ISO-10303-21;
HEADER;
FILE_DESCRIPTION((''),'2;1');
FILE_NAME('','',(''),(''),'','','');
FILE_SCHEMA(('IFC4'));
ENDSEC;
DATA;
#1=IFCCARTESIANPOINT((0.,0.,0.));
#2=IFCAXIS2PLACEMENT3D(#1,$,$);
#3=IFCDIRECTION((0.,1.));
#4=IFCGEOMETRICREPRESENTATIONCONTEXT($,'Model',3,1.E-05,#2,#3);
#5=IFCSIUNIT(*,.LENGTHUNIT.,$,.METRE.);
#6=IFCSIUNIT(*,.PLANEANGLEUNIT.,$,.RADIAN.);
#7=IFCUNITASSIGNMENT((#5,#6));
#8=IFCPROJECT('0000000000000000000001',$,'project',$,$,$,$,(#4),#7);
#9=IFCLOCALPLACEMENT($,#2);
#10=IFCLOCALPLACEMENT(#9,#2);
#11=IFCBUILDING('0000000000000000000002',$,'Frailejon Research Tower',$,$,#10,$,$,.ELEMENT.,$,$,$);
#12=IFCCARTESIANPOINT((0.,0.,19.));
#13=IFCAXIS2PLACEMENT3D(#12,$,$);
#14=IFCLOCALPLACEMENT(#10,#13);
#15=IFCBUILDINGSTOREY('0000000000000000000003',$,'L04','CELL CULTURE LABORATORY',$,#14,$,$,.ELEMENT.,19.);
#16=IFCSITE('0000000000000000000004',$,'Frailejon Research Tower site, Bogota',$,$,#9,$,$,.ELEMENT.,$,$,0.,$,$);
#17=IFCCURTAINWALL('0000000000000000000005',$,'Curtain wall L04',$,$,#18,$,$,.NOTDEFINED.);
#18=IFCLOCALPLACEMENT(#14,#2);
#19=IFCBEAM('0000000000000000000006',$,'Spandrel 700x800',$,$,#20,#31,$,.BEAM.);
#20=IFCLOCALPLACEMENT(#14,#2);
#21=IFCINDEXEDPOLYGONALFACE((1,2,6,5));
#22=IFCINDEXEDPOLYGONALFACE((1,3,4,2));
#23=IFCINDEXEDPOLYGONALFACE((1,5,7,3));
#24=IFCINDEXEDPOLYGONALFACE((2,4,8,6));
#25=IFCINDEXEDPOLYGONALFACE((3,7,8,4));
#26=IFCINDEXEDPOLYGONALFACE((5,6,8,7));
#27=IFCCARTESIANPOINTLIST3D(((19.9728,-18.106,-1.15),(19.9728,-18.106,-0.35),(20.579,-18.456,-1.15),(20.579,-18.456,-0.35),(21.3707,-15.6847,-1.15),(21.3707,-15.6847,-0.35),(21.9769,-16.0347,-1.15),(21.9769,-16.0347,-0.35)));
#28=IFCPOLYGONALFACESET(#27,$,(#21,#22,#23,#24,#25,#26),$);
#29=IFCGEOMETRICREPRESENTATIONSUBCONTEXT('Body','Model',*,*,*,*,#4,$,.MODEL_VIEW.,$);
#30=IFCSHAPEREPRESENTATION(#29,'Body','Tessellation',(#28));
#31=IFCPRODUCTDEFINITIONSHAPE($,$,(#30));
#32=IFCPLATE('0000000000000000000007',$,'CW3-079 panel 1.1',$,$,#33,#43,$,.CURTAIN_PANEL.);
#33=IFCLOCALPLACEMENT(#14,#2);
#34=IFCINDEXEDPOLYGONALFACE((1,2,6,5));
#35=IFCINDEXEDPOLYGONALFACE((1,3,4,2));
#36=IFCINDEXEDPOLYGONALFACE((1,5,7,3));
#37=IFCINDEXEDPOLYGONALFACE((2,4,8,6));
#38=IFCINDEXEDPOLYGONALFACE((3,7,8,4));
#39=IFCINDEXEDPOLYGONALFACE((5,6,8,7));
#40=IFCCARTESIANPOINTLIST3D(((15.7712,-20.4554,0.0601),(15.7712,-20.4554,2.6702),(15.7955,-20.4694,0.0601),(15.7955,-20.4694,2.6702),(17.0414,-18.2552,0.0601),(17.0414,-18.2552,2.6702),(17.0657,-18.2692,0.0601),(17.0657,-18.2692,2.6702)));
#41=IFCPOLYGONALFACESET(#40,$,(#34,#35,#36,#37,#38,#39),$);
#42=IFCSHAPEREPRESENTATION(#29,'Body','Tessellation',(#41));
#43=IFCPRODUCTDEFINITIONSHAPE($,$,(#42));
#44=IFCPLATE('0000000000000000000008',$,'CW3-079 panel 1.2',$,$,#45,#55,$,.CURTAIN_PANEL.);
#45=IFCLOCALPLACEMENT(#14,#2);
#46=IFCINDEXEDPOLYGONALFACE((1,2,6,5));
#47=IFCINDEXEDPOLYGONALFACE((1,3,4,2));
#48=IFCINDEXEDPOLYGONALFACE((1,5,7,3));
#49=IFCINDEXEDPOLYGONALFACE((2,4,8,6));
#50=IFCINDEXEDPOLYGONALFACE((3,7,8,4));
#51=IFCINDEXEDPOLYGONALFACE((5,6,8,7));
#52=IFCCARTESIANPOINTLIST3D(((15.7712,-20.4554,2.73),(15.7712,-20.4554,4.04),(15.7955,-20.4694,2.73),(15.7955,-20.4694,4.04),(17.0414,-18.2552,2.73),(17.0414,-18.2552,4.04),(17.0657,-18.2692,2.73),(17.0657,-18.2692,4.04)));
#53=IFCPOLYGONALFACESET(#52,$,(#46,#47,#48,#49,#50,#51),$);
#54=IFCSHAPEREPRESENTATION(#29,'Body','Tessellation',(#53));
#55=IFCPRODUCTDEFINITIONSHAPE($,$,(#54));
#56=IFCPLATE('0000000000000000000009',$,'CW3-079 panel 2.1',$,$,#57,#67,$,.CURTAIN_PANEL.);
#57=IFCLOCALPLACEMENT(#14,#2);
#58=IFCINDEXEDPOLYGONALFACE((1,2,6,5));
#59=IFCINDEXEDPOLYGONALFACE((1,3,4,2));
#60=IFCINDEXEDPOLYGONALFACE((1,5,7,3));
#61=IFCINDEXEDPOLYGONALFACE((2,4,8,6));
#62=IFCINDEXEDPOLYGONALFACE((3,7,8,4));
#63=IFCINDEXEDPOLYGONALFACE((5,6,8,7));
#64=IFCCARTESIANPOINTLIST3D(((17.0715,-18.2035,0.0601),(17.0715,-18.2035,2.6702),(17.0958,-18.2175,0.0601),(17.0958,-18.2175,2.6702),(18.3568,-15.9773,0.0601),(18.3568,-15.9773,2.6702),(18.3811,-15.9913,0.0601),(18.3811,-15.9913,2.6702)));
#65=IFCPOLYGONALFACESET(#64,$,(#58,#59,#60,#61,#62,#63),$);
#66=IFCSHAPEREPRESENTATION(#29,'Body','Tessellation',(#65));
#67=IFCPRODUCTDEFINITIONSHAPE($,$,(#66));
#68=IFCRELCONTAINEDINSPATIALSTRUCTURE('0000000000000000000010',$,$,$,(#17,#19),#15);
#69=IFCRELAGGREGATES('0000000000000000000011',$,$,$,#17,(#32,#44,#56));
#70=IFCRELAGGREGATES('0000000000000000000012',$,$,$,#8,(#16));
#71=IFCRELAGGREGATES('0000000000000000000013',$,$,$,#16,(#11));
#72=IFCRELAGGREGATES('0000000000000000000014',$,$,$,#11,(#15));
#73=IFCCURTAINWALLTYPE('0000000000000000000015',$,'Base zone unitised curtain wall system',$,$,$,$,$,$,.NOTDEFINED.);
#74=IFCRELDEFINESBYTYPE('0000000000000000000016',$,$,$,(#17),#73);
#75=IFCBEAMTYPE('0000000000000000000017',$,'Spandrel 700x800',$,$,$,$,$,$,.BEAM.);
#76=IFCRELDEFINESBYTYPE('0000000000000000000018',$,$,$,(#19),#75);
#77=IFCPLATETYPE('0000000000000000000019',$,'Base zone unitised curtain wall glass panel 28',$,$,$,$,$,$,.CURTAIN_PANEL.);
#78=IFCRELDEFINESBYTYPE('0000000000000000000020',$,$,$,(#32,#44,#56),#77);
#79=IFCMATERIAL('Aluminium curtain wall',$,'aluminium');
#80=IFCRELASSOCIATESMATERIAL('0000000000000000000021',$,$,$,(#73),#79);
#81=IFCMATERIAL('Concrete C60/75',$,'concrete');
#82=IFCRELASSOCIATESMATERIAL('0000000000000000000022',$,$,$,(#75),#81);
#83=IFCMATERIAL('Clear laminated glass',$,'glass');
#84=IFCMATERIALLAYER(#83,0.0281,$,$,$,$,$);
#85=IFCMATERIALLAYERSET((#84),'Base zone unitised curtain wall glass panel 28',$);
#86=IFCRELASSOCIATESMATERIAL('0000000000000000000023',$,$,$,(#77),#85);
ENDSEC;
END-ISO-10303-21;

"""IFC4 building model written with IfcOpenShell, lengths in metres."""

from ifc_helpers import new_model, si_unit, direction, frame, origin, origin_2d, place, context, subcontext, project, spatial, rectangle, extrude, material, layer, layer_set, material_profile, profile_set, type_object, element, aggregate, save


model = new_model("IFC4")

# Units and contexts
model_context = context("Model", 3, precision=1e-05, world=origin(), true_north=direction((0.0, 1.0)))
body_context = subcontext(model_context, "Body", "Model", "MODEL_VIEW")
ifc_project = project(units=[si_unit("LENGTHUNIT", "METRE"), si_unit("PLANEANGLEUNIT", "RADIAN")], contexts=[model_context])

# Site, building, storey
site_placement = place(None, origin())
site = spatial("IfcSite", under=ifc_project, at=site_placement, Name="Frailejon Research Tower site, Bogota", CompositionType="ELEMENT", RefElevation=0.0)
building_placement = place(site_placement, origin())
building = spatial("IfcBuilding", under=site, at=building_placement, Name="Frailejon Research Tower", CompositionType="ELEMENT")
storey_placement = place(building_placement, frame((0.0, 0.0, 19.0)))
storey = spatial("IfcBuildingStorey", under=building, at=storey_placement, Name="L04", Description="CELL CULTURE LABORATORY", CompositionType="ELEMENT", Elevation=19.0)

# Shared definitions
ifc_material_1 = material(Name="Aluminium curtain wall", Category="aluminium")
curtain_wall_type = type_object("IfcCurtainWallType", Name="Base zone unitised curtain wall system", PredefinedType="NOTDEFINED", material=ifc_material_1)

# Curtain wall
curtain_wall_1_placement = place(storey_placement, origin())
curtain_wall_1 = element("IfcCurtainWall", 1, at=curtain_wall_1_placement, inside=storey, type_object=curtain_wall_type, Name="Curtain wall L04", PredefinedType="NOTDEFINED")

# Beam
ifc_material_2 = material(Name="Concrete C60/75", Category="concrete")
ifc_material_profile_1 = material_profile(ifc_material_2, rectangle(XDim=0.7, YDim=0.8, at=origin_2d()), Name="Spandrel 700x800")
ifc_profile_set_1 = profile_set([ifc_material_profile_1], Name="Concrete C60/75")
beam_type_1 = type_object("IfcBeamType", Name="Spandrel 700x800", PredefinedType="BEAM", material=ifc_profile_set_1)
for number, where, z_axis, x_axis, name in (
    (2, (20.2759, -18.281, -0.75), (0.49999, 0.866031, 0.0), (-0.866031, 0.49999, 0.0), "Spandrel 700x800"),
):
    element("IfcBeam", number, at=place(storey_placement, frame(where, z_axis=z_axis, x_axis=x_axis)), inside=storey, type_object=beam_type_1, Name=name, PredefinedType="BEAM", context=body_context, shape_type="SweptSolid", body=[
        extrude(rectangle(XDim=0.7, YDim=0.8, at=origin_2d()), origin(), (0.0, 0.0, 1.0), 2.7959),
    ])

# Plates
ifc_material_3 = material(Name="Clear laminated glass", Category="glass")
ifc_layer = layer(ifc_material_3, 0.0281)
ifc_layer_set = layer_set([ifc_layer], Name="Base zone unitised curtain wall glass panel 28")
plate_type = type_object("IfcPlateType", Name="Base zone unitised curtain wall glass panel 28", PredefinedType="CURTAIN_PANEL", material=ifc_layer_set)
plate_1_placement = place(storey_placement, frame((16.4185, -19.3623, 0.0601), z_axis=(0.0, 0.0, 1.0), x_axis=(0.499997, 0.866027, 0.0)))
plate_1 = element("IfcPlate", 3, at=plate_1_placement, type_object=plate_type, Name="CW3-079 panel 1.1", PredefinedType="CURTAIN_PANEL", context=body_context, shape_type="SweptSolid", body=[
    extrude(rectangle(XDim=2.5405, YDim=0.0281, at=origin_2d()), origin(), (0.0, 0.0, 1.0), 2.6101),
])
plate_2_placement = place(storey_placement, frame((16.4185, -19.3623, 2.73), z_axis=(0.0, 0.0, 1.0), x_axis=(0.499997, 0.866027, 0.0)))
plate_2 = element("IfcPlate", 4, at=plate_2_placement, type_object=plate_type, Name="CW3-079 panel 1.2", PredefinedType="CURTAIN_PANEL", context=body_context, shape_type="SweptSolid", body=[
    extrude(rectangle(XDim=2.5405, YDim=0.0281, at=origin_2d()), origin(), (0.0, 0.0, 1.0), 1.3101),
])
plate_3_placement = place(storey_placement, frame((17.7263, -17.0974, 0.0601), z_axis=(0.0, 0.0, 1.0), x_axis=(0.499997, 0.866027, 0.0)))
plate_3 = element("IfcPlate", 5, at=plate_3_placement, type_object=plate_type, Name="CW3-079 panel 2.1", PredefinedType="CURTAIN_PANEL", context=body_context, shape_type="SweptSolid", body=[
    extrude(rectangle(XDim=2.5706, YDim=0.0281, at=origin_2d()), origin(), (0.0, 0.0, 1.0), 2.6101),
])
aggregate(curtain_wall_1, [plate_1, plate_2, plate_3])

save(model, "model.ifc")
